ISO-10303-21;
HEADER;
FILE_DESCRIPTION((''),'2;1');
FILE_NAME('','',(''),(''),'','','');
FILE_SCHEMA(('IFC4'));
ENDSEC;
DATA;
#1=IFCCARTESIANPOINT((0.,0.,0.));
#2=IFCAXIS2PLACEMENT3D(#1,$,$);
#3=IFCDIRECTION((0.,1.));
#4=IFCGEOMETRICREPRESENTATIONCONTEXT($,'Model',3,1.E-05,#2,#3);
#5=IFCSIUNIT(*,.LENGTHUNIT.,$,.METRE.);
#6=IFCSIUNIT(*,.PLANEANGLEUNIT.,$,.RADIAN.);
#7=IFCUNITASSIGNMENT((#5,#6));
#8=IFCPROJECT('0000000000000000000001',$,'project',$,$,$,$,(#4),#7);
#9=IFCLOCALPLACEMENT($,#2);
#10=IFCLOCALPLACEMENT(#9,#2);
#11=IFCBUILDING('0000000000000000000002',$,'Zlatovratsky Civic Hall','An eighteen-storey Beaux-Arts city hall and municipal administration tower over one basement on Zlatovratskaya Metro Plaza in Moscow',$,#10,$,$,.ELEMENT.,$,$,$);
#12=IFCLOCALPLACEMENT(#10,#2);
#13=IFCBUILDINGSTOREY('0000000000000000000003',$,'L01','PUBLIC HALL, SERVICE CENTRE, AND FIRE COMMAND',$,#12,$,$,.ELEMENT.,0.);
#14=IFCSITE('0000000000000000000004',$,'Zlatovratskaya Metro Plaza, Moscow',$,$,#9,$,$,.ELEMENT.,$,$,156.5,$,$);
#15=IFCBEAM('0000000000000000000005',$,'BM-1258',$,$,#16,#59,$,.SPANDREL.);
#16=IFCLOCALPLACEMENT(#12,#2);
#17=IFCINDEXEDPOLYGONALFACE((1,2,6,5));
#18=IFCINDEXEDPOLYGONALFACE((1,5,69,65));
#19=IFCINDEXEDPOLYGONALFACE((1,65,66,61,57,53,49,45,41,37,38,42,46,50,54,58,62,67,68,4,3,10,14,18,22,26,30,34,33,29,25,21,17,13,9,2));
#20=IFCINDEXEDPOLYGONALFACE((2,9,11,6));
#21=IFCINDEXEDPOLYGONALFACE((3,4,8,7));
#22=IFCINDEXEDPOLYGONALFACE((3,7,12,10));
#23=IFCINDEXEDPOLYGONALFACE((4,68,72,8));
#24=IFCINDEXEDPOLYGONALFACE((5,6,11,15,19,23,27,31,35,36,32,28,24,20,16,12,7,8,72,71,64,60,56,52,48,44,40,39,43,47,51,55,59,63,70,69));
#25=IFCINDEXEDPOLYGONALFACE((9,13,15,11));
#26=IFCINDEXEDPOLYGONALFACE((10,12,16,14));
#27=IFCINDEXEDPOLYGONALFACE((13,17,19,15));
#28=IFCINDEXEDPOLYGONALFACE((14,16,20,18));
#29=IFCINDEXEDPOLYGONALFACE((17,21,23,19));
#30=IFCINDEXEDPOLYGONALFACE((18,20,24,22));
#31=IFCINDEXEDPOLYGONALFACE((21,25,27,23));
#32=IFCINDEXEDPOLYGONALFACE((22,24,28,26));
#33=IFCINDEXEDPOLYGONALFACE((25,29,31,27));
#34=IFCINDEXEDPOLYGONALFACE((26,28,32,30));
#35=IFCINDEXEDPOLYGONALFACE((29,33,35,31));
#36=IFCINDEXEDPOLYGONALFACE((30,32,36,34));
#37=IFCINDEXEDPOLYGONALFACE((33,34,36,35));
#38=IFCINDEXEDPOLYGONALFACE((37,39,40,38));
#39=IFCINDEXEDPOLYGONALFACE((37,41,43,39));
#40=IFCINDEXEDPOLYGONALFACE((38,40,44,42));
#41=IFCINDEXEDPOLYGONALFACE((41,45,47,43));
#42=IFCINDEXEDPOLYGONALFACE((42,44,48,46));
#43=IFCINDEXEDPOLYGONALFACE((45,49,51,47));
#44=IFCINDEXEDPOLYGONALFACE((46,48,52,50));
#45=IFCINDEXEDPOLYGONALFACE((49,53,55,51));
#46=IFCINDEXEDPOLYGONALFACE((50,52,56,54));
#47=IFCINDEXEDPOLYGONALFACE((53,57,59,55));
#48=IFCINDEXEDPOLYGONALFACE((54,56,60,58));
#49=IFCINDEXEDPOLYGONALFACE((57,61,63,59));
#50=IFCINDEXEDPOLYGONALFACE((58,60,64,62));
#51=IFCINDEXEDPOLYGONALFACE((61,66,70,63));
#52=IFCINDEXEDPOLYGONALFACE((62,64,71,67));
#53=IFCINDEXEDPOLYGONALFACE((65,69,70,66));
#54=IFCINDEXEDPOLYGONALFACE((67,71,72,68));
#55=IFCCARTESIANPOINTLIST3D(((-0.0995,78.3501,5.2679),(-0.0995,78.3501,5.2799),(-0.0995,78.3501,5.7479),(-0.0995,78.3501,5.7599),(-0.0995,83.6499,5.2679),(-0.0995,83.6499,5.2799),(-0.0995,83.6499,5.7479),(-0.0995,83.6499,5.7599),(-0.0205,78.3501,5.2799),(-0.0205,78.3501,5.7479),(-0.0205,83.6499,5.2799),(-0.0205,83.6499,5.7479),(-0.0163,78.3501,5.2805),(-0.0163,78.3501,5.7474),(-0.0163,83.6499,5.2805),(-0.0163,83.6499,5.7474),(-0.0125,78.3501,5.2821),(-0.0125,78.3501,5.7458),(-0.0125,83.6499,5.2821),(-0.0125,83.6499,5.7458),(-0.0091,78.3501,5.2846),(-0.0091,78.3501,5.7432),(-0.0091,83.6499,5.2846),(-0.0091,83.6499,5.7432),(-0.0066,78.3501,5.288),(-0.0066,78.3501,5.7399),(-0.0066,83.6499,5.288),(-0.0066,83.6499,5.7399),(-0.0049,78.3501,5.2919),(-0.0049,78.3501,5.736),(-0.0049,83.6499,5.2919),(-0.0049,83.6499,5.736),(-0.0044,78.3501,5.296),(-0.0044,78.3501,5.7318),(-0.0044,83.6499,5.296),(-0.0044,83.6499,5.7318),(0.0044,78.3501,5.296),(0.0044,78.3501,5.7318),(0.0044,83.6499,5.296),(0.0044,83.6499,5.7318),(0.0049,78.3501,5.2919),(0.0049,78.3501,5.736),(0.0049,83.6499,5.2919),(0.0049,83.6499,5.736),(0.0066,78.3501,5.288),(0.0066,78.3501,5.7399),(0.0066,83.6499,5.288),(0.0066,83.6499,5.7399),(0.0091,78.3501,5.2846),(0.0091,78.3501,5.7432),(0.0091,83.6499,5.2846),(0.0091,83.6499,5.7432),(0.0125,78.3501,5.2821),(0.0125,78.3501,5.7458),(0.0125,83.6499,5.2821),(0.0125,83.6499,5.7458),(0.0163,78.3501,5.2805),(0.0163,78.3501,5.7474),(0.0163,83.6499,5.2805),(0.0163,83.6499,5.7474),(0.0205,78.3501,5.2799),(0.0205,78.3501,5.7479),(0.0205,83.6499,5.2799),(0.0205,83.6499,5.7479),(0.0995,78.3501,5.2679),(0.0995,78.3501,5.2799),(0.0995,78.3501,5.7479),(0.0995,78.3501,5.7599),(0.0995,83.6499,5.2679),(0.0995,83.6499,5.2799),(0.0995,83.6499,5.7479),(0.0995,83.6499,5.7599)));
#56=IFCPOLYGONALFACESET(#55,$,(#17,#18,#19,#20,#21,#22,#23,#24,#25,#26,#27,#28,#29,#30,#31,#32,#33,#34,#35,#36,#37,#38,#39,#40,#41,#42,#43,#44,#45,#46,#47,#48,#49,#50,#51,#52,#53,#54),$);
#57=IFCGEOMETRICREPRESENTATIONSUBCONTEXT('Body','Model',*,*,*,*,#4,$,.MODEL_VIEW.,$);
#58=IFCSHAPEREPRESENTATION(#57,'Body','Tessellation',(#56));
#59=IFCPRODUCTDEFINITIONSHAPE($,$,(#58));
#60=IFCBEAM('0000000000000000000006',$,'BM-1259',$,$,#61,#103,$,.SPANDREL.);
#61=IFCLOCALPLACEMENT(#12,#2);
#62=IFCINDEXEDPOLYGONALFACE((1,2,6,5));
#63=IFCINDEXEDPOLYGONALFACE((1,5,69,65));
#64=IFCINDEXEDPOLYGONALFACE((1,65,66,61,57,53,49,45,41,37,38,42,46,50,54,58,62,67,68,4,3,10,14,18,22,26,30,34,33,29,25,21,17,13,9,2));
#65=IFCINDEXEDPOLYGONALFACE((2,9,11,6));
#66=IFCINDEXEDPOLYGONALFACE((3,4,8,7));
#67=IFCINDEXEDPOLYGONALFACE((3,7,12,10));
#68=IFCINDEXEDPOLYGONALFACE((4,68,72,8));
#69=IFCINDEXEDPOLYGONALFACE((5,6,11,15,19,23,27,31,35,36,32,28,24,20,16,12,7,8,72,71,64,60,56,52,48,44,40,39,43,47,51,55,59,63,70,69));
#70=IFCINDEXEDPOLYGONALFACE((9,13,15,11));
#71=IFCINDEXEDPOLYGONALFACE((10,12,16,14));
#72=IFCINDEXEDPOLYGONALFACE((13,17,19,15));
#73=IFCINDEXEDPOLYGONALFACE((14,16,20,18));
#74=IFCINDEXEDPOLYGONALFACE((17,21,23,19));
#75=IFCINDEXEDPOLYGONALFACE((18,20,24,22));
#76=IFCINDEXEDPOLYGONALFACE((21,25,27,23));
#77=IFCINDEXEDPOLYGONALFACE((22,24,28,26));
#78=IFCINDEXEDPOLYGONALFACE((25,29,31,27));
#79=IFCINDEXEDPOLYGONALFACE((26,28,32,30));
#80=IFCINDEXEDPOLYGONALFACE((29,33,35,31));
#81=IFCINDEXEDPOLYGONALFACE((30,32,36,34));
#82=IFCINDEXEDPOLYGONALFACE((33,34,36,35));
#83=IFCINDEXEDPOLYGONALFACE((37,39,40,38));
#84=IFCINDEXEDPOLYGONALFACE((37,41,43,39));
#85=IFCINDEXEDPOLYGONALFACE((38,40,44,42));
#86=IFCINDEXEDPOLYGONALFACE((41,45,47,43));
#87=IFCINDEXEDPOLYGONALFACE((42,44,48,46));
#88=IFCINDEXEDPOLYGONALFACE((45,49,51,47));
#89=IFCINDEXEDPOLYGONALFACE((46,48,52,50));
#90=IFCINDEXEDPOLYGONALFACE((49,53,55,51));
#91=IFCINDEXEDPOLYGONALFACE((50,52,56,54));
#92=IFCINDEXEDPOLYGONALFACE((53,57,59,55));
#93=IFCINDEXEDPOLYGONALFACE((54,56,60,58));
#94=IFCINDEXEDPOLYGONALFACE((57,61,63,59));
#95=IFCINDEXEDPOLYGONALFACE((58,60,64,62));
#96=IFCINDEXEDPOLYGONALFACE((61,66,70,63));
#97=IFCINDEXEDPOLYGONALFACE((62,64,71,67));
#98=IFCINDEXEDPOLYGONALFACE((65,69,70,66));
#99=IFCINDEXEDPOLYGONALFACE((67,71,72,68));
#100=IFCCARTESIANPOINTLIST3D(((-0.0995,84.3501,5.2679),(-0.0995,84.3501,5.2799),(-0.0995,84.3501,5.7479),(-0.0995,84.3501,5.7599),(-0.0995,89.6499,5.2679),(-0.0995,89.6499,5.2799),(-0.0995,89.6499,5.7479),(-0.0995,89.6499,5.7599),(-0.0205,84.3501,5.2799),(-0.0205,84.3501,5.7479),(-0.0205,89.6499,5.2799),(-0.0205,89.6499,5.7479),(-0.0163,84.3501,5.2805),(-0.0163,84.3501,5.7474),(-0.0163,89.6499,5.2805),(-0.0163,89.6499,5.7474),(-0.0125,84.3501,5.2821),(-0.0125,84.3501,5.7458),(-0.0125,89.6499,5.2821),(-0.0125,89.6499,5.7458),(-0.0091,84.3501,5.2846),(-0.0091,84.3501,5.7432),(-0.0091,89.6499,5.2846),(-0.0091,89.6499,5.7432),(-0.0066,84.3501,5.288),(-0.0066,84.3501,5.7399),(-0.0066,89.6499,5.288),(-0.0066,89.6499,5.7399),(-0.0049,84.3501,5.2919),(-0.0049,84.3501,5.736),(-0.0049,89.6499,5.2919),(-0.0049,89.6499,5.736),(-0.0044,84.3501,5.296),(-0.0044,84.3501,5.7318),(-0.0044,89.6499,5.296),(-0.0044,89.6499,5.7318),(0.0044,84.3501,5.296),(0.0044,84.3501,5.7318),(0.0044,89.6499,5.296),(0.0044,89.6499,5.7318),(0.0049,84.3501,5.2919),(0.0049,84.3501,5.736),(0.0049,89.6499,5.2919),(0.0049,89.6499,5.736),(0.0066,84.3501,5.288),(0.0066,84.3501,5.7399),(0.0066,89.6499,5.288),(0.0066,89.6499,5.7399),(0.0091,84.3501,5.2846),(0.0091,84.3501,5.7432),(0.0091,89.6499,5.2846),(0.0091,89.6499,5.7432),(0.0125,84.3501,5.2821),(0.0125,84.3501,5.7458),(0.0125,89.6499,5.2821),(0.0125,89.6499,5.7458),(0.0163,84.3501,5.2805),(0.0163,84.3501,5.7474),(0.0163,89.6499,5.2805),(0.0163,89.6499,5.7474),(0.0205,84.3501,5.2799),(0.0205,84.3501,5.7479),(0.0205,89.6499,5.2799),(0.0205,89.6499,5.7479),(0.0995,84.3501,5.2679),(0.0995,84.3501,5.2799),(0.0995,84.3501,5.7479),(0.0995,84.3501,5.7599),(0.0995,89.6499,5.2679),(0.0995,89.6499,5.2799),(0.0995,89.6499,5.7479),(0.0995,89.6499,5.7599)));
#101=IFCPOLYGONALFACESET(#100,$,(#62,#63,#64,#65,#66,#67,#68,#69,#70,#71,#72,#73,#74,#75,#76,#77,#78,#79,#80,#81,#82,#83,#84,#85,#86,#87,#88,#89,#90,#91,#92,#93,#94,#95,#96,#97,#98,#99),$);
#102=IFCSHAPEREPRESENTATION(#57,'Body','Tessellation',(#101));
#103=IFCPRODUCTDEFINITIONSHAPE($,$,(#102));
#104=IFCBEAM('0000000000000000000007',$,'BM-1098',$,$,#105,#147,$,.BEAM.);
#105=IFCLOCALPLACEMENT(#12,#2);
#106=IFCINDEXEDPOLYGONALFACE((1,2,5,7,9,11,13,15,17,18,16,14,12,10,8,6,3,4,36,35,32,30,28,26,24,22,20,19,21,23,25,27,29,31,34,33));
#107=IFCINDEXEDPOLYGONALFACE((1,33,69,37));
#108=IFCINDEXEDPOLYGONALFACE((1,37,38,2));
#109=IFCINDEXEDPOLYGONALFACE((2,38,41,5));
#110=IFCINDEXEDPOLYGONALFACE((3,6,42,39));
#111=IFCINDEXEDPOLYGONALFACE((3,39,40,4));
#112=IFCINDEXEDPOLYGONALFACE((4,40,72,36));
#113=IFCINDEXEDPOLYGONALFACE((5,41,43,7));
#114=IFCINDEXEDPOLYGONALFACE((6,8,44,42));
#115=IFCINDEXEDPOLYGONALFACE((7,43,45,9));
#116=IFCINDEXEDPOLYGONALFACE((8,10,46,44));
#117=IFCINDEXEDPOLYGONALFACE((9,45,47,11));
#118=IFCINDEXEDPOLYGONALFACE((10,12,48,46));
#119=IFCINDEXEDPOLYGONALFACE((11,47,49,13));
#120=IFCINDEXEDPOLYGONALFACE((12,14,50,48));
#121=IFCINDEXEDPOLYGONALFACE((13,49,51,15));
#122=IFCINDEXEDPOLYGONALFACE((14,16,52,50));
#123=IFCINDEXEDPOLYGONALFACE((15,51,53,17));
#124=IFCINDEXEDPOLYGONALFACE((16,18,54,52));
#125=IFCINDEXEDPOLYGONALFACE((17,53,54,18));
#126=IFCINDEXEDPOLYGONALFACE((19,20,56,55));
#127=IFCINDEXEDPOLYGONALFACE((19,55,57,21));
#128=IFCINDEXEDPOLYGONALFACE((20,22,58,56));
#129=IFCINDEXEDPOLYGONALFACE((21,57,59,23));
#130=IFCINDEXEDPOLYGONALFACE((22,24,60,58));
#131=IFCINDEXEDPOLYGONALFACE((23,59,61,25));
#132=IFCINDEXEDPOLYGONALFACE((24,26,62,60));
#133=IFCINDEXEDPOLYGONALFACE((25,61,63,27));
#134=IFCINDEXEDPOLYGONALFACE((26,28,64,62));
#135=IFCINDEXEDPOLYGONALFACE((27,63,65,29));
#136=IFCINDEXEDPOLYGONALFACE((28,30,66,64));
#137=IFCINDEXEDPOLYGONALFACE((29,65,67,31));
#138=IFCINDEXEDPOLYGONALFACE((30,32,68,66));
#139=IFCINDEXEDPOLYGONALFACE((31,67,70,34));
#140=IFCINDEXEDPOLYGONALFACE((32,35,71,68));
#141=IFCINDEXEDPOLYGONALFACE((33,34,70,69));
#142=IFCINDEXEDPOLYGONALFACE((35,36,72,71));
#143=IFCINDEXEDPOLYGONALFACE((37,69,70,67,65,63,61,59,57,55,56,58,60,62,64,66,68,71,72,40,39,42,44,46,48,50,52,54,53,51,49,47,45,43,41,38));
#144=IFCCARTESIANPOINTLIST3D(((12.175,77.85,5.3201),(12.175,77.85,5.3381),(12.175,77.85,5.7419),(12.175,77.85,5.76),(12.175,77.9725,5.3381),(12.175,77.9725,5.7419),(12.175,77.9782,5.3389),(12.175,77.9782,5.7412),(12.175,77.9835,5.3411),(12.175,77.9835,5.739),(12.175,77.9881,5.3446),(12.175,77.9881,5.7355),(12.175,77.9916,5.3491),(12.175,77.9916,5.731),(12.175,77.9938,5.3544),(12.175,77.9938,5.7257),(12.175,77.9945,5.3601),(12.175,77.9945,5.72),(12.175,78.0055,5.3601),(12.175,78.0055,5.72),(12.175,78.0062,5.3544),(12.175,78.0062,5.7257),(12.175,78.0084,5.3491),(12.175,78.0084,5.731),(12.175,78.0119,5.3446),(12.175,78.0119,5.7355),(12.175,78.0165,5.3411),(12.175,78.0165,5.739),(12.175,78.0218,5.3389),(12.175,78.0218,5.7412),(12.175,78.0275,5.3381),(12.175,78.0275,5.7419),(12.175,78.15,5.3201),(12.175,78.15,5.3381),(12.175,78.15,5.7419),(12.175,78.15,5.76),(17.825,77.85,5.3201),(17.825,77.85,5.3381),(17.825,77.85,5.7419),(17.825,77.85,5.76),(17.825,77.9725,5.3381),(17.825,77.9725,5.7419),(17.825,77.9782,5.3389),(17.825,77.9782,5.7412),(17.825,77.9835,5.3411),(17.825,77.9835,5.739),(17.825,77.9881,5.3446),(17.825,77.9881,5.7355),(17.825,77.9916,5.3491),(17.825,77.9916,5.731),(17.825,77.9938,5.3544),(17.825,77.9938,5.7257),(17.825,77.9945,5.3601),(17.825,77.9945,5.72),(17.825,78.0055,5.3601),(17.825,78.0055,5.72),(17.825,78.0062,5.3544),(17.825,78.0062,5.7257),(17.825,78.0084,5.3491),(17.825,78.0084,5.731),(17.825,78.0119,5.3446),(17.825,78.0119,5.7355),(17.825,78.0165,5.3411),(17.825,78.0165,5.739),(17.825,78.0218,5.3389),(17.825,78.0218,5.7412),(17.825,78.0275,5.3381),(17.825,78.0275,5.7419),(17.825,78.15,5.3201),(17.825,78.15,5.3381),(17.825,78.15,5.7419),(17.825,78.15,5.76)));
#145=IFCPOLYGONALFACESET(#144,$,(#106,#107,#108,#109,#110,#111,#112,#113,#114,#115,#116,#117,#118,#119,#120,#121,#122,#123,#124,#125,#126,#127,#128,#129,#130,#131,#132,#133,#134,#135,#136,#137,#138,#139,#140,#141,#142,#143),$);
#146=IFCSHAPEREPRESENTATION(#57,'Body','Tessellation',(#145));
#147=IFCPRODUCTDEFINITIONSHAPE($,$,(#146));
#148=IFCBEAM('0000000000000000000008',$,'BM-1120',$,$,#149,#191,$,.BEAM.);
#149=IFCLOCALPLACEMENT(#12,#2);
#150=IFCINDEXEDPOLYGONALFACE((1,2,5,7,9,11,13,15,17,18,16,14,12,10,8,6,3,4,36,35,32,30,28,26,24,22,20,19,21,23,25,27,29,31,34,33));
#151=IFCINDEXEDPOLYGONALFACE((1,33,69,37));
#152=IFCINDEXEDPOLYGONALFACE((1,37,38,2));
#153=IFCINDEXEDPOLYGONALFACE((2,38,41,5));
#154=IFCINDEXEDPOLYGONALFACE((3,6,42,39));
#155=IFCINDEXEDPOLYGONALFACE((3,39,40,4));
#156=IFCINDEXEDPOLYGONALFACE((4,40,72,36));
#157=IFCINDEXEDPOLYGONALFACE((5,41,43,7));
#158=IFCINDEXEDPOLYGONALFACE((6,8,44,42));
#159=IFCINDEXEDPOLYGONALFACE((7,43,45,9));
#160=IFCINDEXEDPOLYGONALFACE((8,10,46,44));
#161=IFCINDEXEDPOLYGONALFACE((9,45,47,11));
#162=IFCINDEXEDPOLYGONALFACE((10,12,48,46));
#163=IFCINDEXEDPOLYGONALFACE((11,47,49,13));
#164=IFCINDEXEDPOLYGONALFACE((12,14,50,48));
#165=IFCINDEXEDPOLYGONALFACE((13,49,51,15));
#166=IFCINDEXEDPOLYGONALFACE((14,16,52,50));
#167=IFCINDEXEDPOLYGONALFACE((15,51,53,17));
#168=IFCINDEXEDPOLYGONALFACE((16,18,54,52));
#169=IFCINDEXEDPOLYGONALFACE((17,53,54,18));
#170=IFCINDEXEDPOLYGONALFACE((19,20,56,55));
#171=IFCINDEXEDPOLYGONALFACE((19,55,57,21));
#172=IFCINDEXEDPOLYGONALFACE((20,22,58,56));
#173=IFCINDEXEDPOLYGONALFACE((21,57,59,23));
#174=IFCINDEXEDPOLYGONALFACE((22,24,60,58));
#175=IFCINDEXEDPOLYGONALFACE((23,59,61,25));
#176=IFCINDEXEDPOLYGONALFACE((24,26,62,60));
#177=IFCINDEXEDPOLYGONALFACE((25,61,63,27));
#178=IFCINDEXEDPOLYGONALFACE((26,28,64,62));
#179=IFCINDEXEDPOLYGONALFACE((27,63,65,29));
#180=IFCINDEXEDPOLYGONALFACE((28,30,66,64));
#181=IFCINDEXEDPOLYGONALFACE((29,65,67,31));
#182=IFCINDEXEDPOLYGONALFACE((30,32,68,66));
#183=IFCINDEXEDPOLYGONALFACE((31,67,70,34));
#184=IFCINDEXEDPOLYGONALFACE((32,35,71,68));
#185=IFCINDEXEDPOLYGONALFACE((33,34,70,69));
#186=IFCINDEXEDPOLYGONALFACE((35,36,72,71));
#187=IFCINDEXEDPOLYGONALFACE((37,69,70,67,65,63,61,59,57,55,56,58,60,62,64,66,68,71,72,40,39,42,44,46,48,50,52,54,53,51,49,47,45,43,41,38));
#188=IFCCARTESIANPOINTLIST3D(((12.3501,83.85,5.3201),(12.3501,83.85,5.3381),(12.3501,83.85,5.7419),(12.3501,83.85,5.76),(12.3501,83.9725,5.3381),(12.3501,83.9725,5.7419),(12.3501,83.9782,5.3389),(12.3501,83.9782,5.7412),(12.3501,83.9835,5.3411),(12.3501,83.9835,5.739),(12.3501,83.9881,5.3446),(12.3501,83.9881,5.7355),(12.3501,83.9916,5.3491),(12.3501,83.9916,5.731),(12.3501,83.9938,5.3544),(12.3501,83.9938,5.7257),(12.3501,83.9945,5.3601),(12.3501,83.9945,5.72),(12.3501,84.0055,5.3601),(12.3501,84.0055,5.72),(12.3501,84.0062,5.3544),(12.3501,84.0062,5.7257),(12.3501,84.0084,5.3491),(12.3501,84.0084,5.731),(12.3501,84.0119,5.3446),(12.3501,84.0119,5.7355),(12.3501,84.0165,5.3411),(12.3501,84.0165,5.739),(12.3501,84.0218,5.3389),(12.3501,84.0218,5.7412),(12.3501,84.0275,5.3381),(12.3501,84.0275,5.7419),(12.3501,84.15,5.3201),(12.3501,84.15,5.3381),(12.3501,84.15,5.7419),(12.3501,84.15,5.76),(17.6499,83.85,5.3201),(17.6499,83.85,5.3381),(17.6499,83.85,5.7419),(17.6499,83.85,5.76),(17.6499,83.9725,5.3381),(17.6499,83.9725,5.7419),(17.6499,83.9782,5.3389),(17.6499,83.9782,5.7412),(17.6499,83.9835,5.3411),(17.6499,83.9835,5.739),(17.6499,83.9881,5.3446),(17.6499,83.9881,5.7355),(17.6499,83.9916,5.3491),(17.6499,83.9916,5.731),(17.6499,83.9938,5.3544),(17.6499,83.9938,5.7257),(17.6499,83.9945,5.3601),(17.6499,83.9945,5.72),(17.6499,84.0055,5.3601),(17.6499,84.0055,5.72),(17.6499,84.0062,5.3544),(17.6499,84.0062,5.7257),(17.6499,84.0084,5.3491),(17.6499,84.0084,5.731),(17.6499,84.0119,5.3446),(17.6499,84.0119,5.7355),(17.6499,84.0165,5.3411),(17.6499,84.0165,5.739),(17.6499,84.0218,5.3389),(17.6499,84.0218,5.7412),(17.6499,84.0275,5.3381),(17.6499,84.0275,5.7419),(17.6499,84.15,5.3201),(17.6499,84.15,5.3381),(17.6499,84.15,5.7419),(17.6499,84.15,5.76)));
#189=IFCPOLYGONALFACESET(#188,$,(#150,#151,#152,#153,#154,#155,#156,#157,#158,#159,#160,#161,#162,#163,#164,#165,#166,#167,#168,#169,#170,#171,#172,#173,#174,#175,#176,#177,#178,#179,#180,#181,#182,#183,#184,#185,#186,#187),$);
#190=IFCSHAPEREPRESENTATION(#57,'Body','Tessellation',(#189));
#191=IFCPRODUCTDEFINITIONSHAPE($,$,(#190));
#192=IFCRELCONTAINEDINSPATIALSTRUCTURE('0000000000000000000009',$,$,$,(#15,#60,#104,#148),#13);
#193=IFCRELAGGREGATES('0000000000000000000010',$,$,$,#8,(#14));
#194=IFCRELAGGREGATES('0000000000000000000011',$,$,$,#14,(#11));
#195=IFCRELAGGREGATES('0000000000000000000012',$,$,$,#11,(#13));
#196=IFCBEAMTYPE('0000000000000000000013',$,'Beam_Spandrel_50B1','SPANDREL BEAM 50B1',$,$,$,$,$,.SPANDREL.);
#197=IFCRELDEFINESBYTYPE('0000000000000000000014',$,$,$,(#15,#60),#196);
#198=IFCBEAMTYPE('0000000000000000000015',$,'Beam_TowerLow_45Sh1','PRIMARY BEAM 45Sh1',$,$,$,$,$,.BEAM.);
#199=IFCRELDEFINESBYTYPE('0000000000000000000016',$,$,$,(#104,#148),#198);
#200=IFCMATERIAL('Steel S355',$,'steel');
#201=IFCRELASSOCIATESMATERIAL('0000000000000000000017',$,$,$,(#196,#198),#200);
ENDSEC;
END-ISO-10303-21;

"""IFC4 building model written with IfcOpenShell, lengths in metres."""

from ifc_helpers import new_model, si_unit, direction, frame, origin, origin_2d, place, context, subcontext, project, spatial, i_section, extrude, material, material_profile, profile_set, type_object, element, save


model = new_model("IFC4")

# Units and contexts
model_context = context("Model", 3, precision=1e-05, world=origin(), true_north=direction((0.0, 1.0)))
body_context = subcontext(model_context, "Body", "Model", "MODEL_VIEW")
ifc_project = project(units=[si_unit("LENGTHUNIT", "METRE"), si_unit("PLANEANGLEUNIT", "RADIAN")], contexts=[model_context])

# Site, building, storey
site_placement = place(None, origin())
site = spatial("IfcSite", under=ifc_project, at=site_placement, Name="Zlatovratskaya Metro Plaza, Moscow", CompositionType="ELEMENT", RefElevation=156.5)
building_placement = place(site_placement, origin())
building = spatial("IfcBuilding", under=site, at=building_placement, Name="Zlatovratsky Civic Hall", Description="An eighteen-storey Beaux-Arts city hall and municipal administration tower over one basement on Zlatovratskaya Metro Plaza in Moscow", CompositionType="ELEMENT")
storey_placement = place(building_placement, origin())
storey = spatial("IfcBuildingStorey", under=building, at=storey_placement, Name="L01", Description="PUBLIC HALL, SERVICE CENTRE, AND FIRE COMMAND", CompositionType="ELEMENT", Elevation=0.0)

# Shared definitions
ifc_material_1 = material(Name="Steel S355", Category="steel")

# Beams
ifc_material_profile_1 = material_profile(ifc_material_1, i_section(OverallWidth=0.199, OverallDepth=0.4919, WebThickness=0.0088, FlangeThickness=0.012, FilletRadius=0.0161, at=origin_2d()), Name="50B1")
ifc_profile_set_1 = profile_set([ifc_material_profile_1], Name="Steel S355")
beam_type_1 = type_object("IfcBeamType", Name="Beam_Spandrel_50B1", Description="SPANDREL BEAM 50B1", PredefinedType="SPANDREL", material=ifc_profile_set_1)
for number, where, z_axis, x_axis, name in (
    (1, (0.0, 78.3501, 5.5139), (0.0, 1.0, 0.0), (-1.0, 0.0, 0.0), "BM-1258"),
    (2, (0.0, 84.3501, 5.5139), (0.0, 1.0, 0.0), (-1.0, 0.0, 0.0), "BM-1259"),
):
    element("IfcBeam", number, at=place(storey_placement, frame(where, z_axis=z_axis, x_axis=x_axis)), inside=storey, type_object=beam_type_1, Name=name, PredefinedType="SPANDREL", context=body_context, shape_type="SweptSolid", body=[
        extrude(i_section(OverallWidth=0.199, OverallDepth=0.4919, WebThickness=0.0088, FlangeThickness=0.012, FilletRadius=0.0161, at=origin_2d()), origin(), (0.0, 0.0, 1.0), 5.2998),
    ])
ifc_material_profile_2 = material_profile(ifc_material_1, i_section(OverallWidth=0.3, OverallDepth=0.4399, WebThickness=0.011, FlangeThickness=0.0181, FilletRadius=0.022, at=origin_2d()), Name="45Sh1")
ifc_profile_set_2 = profile_set([ifc_material_profile_2], Name="Steel S355")
beam_type_2 = type_object("IfcBeamType", Name="Beam_TowerLow_45Sh1", Description="PRIMARY BEAM 45Sh1", PredefinedType="BEAM", material=ifc_profile_set_2)
beam_1_placement = place(storey_placement, frame((12.175, 78.0, 5.54), z_axis=(1.0, 0.0, 0.0), x_axis=(0.0, 1.0, 0.0)))
element("IfcBeam", 3, at=beam_1_placement, inside=storey, type_object=beam_type_2, Name="BM-1098", PredefinedType="BEAM", context=body_context, shape_type="SweptSolid", body=[
    extrude(i_section(OverallWidth=0.3, OverallDepth=0.4399, WebThickness=0.011, FlangeThickness=0.0181, FilletRadius=0.022, at=origin_2d()), origin(), (0.0, 0.0, 1.0), 5.6499),
])
beam_2_placement = place(storey_placement, frame((12.3501, 84.0, 5.54), z_axis=(1.0, 0.0, 0.0), x_axis=(0.0, 1.0, 0.0)))
element("IfcBeam", 4, at=beam_2_placement, inside=storey, type_object=beam_type_2, Name="BM-1120", PredefinedType="BEAM", context=body_context, shape_type="SweptSolid", body=[
    extrude(i_section(OverallWidth=0.3, OverallDepth=0.4399, WebThickness=0.011, FlangeThickness=0.0181, FilletRadius=0.022, at=origin_2d()), origin(), (0.0, 0.0, 1.0), 5.2998),
])

save(model, "model.ifc")
